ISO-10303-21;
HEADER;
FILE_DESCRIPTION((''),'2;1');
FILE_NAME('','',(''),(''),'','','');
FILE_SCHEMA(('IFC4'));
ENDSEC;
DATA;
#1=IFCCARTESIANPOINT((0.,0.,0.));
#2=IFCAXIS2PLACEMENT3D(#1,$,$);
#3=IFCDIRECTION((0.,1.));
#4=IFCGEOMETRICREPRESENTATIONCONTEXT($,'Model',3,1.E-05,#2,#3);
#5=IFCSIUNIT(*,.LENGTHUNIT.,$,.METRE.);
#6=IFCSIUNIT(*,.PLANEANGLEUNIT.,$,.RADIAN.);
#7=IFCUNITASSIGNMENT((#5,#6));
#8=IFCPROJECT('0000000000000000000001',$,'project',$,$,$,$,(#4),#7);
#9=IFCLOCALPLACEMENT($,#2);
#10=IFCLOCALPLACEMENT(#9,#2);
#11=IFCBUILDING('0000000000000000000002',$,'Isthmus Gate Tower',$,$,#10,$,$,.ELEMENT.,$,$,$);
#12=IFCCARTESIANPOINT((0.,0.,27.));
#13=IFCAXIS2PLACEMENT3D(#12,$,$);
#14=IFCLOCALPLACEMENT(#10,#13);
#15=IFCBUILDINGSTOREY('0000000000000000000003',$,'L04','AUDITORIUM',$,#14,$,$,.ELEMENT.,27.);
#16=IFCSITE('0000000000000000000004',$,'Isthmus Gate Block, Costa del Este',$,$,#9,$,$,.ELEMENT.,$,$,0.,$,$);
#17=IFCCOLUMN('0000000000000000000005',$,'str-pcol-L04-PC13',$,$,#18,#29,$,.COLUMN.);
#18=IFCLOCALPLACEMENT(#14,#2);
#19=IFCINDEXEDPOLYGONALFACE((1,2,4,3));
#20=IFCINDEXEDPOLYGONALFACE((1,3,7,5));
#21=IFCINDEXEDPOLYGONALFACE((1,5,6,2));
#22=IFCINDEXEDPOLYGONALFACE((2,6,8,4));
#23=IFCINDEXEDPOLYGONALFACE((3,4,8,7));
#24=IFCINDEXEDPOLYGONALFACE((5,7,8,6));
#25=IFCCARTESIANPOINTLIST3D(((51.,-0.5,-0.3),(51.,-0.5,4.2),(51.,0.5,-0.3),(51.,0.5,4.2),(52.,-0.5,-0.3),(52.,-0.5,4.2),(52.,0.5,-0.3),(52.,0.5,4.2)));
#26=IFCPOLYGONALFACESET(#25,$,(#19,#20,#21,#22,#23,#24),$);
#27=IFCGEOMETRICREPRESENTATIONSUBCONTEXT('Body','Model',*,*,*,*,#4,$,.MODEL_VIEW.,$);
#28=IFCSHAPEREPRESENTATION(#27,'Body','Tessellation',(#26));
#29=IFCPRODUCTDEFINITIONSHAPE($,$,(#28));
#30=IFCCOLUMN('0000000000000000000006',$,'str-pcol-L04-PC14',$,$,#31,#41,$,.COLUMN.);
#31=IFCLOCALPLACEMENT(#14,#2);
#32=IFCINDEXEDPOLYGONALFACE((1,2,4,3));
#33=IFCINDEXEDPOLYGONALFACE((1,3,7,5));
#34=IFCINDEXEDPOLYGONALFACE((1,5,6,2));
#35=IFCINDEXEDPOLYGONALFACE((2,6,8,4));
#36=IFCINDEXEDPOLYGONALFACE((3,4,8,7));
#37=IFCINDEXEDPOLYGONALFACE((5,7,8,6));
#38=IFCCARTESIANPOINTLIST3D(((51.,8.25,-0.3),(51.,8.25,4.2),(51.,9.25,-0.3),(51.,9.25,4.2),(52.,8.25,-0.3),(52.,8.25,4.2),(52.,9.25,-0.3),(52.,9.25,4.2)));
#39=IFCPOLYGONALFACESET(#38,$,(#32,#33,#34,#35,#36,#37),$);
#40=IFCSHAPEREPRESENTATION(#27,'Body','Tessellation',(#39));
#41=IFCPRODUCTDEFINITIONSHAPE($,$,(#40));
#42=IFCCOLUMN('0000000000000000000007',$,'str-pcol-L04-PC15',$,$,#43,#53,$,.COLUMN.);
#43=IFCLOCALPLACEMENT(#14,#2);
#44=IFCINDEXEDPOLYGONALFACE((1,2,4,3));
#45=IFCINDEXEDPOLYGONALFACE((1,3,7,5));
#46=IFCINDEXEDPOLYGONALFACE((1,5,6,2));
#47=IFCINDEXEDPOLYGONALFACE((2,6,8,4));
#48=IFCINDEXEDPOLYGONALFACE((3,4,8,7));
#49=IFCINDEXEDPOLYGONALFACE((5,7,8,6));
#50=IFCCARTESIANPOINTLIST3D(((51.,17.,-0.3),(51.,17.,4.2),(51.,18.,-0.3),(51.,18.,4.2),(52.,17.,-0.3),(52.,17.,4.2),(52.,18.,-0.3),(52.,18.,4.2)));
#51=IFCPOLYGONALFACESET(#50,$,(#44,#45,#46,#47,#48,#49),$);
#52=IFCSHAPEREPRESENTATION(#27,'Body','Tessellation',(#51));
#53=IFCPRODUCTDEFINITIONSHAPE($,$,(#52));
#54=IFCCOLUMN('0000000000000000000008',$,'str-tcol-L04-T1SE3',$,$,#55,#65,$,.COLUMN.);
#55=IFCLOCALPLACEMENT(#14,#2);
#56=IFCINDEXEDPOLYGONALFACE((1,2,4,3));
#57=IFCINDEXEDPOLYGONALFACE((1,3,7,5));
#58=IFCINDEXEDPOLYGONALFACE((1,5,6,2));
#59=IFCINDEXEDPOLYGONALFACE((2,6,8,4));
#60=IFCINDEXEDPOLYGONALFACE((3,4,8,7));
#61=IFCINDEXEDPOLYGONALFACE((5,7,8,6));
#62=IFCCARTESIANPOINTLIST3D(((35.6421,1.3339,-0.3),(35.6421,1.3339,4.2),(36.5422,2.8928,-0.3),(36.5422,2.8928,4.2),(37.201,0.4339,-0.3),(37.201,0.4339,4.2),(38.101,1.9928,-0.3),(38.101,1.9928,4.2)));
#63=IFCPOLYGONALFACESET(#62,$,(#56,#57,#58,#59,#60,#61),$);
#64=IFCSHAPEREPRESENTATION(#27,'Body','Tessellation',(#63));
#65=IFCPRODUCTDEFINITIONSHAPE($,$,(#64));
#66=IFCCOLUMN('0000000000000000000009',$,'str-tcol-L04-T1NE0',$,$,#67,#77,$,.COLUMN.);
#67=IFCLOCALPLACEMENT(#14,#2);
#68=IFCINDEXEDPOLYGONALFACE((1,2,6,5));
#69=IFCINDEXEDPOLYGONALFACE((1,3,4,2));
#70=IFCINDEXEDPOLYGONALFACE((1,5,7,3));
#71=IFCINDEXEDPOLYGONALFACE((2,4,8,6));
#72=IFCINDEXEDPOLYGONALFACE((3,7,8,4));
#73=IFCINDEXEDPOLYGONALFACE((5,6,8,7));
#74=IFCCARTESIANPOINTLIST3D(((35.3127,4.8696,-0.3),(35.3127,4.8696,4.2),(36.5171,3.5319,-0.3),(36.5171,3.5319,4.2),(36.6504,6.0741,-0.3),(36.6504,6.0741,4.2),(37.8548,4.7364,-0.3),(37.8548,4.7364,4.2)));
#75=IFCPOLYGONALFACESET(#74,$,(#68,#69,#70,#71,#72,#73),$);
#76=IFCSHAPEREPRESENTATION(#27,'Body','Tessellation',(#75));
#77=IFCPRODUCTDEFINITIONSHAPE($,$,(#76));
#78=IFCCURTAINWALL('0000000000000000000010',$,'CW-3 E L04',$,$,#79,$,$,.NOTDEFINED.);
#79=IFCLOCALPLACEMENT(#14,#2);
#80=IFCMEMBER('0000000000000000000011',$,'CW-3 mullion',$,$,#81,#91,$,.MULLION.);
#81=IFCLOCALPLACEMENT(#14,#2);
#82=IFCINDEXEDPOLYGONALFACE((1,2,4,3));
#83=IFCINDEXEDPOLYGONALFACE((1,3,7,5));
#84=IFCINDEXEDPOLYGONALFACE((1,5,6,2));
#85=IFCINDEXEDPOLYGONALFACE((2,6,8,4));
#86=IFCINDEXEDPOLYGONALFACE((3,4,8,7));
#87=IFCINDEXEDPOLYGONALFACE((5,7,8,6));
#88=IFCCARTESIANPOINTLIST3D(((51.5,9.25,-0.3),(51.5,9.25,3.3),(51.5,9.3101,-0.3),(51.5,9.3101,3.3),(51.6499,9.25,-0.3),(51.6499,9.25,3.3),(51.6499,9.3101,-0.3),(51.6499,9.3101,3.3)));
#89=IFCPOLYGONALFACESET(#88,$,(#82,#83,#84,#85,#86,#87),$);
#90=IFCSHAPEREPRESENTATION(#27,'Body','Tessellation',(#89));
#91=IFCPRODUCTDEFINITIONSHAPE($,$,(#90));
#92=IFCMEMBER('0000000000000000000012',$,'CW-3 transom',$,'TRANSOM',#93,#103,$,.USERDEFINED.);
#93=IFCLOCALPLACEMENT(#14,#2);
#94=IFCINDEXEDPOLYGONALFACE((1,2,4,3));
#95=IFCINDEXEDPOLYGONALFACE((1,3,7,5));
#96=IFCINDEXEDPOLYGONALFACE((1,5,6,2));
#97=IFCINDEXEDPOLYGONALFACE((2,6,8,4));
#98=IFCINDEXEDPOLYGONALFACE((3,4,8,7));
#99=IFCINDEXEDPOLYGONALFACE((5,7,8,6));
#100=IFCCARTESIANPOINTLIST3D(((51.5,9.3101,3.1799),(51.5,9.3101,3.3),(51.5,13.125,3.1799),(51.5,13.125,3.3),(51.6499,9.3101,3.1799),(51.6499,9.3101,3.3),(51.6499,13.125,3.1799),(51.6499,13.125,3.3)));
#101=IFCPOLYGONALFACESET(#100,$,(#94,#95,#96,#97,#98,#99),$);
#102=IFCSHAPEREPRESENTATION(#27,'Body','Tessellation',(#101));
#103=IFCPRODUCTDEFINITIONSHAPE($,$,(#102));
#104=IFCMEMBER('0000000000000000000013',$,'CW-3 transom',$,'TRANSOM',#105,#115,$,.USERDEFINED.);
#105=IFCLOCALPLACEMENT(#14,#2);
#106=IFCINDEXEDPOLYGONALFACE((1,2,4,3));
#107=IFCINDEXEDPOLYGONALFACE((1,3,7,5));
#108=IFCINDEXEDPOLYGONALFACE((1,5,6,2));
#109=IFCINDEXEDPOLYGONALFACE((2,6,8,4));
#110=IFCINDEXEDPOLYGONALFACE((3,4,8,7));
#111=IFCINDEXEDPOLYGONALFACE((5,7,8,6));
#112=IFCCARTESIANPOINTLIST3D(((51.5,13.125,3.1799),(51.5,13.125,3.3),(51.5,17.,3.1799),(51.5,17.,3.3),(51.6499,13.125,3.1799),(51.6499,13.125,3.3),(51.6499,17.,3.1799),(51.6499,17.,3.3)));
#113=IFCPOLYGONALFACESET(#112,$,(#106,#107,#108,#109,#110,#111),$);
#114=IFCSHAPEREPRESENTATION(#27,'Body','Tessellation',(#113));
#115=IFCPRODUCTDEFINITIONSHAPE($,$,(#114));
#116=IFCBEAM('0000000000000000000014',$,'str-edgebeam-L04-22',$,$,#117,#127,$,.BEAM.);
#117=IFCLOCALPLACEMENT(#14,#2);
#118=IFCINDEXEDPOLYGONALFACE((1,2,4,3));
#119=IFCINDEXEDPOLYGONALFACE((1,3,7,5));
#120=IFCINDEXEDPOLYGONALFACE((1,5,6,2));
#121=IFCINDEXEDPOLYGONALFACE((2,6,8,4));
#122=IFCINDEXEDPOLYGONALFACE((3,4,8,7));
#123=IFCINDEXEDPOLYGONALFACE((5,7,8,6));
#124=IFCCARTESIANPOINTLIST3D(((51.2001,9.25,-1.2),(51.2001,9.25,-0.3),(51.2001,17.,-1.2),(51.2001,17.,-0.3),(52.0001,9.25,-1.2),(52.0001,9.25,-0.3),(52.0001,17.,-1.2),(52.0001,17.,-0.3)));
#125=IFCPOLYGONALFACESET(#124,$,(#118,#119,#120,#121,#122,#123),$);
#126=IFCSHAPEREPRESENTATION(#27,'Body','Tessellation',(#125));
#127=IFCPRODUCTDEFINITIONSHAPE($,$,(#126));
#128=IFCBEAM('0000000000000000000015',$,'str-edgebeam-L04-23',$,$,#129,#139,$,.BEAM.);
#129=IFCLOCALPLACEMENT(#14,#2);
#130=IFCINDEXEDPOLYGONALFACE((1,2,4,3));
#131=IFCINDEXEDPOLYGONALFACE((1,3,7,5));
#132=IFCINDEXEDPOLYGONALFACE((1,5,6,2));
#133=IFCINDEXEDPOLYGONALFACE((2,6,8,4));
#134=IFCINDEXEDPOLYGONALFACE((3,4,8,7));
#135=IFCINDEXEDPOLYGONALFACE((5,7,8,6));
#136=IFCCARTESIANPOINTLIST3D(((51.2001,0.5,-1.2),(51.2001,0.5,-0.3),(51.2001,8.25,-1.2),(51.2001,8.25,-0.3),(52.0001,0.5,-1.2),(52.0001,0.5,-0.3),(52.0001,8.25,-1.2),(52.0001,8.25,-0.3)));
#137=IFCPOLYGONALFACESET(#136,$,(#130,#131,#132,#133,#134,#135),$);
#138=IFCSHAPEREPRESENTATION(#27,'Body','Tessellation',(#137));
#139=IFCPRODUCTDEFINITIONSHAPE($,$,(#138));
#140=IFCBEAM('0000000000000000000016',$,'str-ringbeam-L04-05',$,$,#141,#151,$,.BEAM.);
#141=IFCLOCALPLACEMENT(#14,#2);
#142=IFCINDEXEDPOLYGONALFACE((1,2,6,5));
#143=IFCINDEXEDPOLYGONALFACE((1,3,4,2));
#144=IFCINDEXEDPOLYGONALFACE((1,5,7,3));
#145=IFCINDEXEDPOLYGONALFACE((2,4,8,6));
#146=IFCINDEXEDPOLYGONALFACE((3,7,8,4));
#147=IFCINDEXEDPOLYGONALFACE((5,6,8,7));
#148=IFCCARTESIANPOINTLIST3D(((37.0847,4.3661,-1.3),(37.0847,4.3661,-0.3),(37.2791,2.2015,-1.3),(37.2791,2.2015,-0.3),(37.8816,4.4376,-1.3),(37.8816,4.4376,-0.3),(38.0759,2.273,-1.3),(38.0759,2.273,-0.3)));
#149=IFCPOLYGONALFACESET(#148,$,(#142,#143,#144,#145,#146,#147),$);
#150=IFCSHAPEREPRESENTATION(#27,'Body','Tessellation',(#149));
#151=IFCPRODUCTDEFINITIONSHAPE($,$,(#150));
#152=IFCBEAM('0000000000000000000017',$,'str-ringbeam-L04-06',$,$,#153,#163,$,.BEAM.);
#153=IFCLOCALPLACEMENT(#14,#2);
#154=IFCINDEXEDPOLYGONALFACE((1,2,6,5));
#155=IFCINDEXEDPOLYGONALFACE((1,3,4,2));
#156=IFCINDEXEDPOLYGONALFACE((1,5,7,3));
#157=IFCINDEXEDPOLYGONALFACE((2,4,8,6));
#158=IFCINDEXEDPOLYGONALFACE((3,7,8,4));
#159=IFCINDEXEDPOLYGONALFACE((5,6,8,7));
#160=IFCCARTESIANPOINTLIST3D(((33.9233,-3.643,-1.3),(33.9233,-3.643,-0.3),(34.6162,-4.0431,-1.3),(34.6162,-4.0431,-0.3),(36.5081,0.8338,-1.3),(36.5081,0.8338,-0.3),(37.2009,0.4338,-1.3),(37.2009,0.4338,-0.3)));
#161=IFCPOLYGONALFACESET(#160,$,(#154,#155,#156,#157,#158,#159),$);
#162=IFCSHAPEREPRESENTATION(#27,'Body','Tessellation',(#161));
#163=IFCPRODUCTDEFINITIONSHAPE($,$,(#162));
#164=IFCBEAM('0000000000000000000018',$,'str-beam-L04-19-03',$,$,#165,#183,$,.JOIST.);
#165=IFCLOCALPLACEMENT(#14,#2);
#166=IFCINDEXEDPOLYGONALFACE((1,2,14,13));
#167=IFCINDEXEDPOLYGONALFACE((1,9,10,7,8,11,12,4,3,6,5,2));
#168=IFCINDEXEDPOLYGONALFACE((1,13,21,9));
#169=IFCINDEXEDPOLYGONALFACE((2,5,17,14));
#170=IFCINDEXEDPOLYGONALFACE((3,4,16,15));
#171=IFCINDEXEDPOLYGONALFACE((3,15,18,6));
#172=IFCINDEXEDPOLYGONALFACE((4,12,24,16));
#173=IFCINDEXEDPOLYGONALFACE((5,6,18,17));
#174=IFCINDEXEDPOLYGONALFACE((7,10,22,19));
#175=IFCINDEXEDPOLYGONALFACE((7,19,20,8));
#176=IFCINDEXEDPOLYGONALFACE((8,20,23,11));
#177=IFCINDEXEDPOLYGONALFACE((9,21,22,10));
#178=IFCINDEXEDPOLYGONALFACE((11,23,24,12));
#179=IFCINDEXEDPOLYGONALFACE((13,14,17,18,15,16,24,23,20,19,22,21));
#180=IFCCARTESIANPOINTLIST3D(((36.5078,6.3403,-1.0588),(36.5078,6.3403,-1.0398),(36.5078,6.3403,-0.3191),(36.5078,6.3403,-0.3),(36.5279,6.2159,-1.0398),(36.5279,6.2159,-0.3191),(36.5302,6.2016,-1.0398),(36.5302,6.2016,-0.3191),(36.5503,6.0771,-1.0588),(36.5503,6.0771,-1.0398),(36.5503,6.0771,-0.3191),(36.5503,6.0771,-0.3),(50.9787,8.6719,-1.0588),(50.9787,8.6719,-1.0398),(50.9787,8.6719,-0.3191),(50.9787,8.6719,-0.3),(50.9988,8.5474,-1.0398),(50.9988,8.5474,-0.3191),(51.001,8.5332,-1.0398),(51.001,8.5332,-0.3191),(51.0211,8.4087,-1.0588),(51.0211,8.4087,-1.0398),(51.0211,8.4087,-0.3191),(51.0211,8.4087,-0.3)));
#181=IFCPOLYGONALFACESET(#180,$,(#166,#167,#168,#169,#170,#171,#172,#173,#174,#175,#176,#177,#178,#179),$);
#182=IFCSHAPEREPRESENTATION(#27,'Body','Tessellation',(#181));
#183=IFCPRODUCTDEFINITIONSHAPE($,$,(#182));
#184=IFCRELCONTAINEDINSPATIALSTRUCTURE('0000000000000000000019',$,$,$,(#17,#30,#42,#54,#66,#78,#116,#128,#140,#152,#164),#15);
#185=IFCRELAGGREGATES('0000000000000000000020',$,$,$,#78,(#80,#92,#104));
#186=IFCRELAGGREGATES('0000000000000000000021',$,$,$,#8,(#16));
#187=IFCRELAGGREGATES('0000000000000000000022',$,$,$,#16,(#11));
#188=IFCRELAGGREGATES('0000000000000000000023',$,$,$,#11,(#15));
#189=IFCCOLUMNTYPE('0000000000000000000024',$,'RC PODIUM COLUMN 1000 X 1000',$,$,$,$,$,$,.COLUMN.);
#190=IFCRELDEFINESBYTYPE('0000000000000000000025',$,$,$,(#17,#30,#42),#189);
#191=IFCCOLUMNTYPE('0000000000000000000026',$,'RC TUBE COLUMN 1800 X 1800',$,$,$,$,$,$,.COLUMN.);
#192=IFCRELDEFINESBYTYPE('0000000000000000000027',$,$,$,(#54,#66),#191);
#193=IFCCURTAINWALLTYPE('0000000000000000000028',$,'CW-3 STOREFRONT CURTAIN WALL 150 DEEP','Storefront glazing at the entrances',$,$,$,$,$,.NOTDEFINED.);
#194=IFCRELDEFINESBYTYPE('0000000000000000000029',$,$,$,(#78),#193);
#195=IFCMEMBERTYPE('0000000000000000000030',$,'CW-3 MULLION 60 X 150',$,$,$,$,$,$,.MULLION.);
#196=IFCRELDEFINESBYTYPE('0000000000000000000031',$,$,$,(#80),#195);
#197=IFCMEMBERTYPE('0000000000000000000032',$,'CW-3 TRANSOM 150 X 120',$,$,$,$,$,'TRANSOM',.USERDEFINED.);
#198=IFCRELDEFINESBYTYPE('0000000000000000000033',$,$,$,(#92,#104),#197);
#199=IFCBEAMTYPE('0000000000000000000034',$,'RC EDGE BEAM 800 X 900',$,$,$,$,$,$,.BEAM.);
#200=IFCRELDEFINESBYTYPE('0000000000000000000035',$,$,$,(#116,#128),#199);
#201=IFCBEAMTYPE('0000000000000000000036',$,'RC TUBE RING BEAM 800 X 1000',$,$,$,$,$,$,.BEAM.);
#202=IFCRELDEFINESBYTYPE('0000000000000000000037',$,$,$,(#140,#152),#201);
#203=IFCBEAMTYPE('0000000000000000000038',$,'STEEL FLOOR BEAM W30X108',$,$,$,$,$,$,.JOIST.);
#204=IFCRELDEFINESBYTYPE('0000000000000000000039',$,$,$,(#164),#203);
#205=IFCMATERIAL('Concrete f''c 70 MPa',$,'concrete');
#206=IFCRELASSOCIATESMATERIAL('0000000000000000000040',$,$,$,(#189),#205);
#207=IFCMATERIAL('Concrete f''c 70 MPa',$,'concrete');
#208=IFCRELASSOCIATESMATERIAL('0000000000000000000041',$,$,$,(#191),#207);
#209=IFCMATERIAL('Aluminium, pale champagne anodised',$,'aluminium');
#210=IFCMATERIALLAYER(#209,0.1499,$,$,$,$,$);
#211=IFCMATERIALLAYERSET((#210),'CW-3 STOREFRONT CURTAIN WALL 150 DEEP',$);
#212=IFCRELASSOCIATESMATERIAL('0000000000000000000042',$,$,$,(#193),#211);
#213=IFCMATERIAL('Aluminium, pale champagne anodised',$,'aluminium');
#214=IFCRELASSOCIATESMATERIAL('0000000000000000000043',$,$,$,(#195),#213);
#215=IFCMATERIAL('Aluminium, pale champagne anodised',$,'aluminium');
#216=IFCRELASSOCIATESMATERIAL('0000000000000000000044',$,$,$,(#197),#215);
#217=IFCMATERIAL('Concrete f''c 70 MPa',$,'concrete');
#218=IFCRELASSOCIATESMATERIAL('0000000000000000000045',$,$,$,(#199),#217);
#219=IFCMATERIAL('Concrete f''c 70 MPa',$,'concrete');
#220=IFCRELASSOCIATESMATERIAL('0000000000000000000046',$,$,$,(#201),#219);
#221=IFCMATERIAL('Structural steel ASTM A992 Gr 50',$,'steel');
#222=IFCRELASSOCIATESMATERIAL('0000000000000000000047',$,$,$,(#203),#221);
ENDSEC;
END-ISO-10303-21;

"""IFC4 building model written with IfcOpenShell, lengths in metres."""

from ifc_helpers import new_model, si_unit, direction, frame, origin, origin_2d, place, context, subcontext, project, spatial, rectangle, i_section, extrude, material, layer, layer_set, material_profile, profile_set, type_object, element, aggregate, save


model = new_model("IFC4")

# Units and contexts
model_context = context("Model", 3, precision=1e-05, world=origin(), true_north=direction((0.0, 1.0)))
body_context = subcontext(model_context, "Body", "Model", "MODEL_VIEW")
ifc_project = project(units=[si_unit("LENGTHUNIT", "METRE"), si_unit("PLANEANGLEUNIT", "RADIAN")], contexts=[model_context])

# Site, building, storey
site_placement = place(None, origin())
site = spatial("IfcSite", under=ifc_project, at=site_placement, Name="Isthmus Gate Block, Costa del Este", CompositionType="ELEMENT", RefElevation=0.0)
building_placement = place(site_placement, origin())
building = spatial("IfcBuilding", under=site, at=building_placement, Name="Isthmus Gate Tower", CompositionType="ELEMENT")
storey_placement = place(building_placement, frame((0.0, 0.0, 27.0)))
storey = spatial("IfcBuildingStorey", under=building, at=storey_placement, Name="L04", Description="AUDITORIUM", CompositionType="ELEMENT", Elevation=27.0)

# Columns
ifc_material_1 = material(Name="Concrete f'c 70 MPa", Category="concrete")
ifc_material_profile_1 = material_profile(ifc_material_1, rectangle(XDim=1.0, YDim=1.0, at=origin_2d()), Name="RC 1000X1000")
ifc_profile_set_1 = profile_set([ifc_material_profile_1], Name="Concrete f'c 70 MPa")
column_type_1 = type_object("IfcColumnType", Name="RC PODIUM COLUMN 1000 X 1000", PredefinedType="COLUMN", material=ifc_profile_set_1)
for number, where, z_axis, x_axis, name in (
    (1, (51.5, 0.0, -0.3), (0.0, 0.0, 1.0), (0.0, 1.0, 0.0), "str-pcol-L04-PC13"),
    (2, (51.5, 8.75, -0.3), (0.0, 0.0, 1.0), (0.0, 1.0, 0.0), "str-pcol-L04-PC14"),
    (3, (51.5, 17.5, -0.3), (0.0, 0.0, 1.0), (0.0, 1.0, 0.0), "str-pcol-L04-PC15"),
):
    element("IfcColumn", number, at=place(storey_placement, frame(where, z_axis=z_axis, x_axis=x_axis)), inside=storey, type_object=column_type_1, Name=name, PredefinedType="COLUMN", context=body_context, shape_type="SweptSolid", body=[
        extrude(rectangle(XDim=1.0, YDim=1.0, at=origin_2d()), origin(), (0.0, 0.0, 1.0), 4.5),
    ])
ifc_material_2 = material(Name="Concrete f'c 70 MPa", Category="concrete")
ifc_material_profile_2 = material_profile(ifc_material_2, rectangle(XDim=1.8, YDim=1.8, at=origin_2d()), Name="RC 1800X1800")
ifc_profile_set_2 = profile_set([ifc_material_profile_2], Name="Concrete f'c 70 MPa")
column_type_2 = type_object("IfcColumnType", Name="RC TUBE COLUMN 1800 X 1800", PredefinedType="COLUMN", material=ifc_profile_set_2)
for number, where, z_axis, x_axis, name in (
    (4, (36.8716, 1.6633, -0.3), (0.0, 0.0, 1.0), (0.5, 0.866025, 0.0), "str-tcol-L04-T1SE3"),
    (5, (36.5837, 4.803, -0.3), (0.0, 0.0, 1.0), (-0.669131, 0.743145, 0.0), "str-tcol-L04-T1NE0"),
):
    element("IfcColumn", number, at=place(storey_placement, frame(where, z_axis=z_axis, x_axis=x_axis)), inside=storey, type_object=column_type_2, Name=name, PredefinedType="COLUMN", context=body_context, shape_type="SweptSolid", body=[
        extrude(rectangle(XDim=1.8, YDim=1.8, at=origin_2d()), origin(), (0.0, 0.0, 1.0), 4.5),
    ])

# Curtain wall, members
ifc_material_3 = material(Name="Aluminium, pale champagne anodised", Category="aluminium")
ifc_layer_1 = layer(ifc_material_3, 0.1499)
ifc_layer_set_1 = layer_set([ifc_layer_1], Name="CW-3 STOREFRONT CURTAIN WALL 150 DEEP")
curtain_wall_type = type_object("IfcCurtainWallType", Name="CW-3 STOREFRONT CURTAIN WALL 150 DEEP", Description="Storefront glazing at the entrances", PredefinedType="NOTDEFINED", material=ifc_layer_set_1)
curtain_wall_placement = place(storey_placement, origin())
curtain_wall = element("IfcCurtainWall", 6, at=curtain_wall_placement, inside=storey, type_object=curtain_wall_type, Name="CW-3 E L04", PredefinedType="NOTDEFINED")
ifc_material_4 = material(Name="Aluminium, pale champagne anodised", Category="aluminium")
ifc_material_profile_3 = material_profile(ifc_material_4, rectangle(XDim=0.0601, YDim=0.1499, at=origin_2d()), Name="60x150")
ifc_profile_set_3 = profile_set([ifc_material_profile_3], Name="Aluminium, pale champagne anodised")
member_type_1 = type_object("IfcMemberType", Name="CW-3 MULLION 60 X 150", PredefinedType="MULLION", material=ifc_profile_set_3)
member_1_placement = place(storey_placement, frame((51.575, 9.28, -0.3), z_axis=(0.0, 0.0, 1.0), x_axis=(0.0, 1.0, 0.0)))
member_1 = element("IfcMember", 7, at=member_1_placement, type_object=member_type_1, Name="CW-3 mullion", PredefinedType="MULLION", context=body_context, shape_type="SweptSolid", body=[
    extrude(rectangle(XDim=0.0601, YDim=0.1499, at=origin_2d()), origin(), (0.0, 0.0, 1.0), 3.6001),
])
ifc_material_5 = material(Name="Aluminium, pale champagne anodised", Category="aluminium")
ifc_material_profile_4 = material_profile(ifc_material_5, rectangle(XDim=0.1499, YDim=0.1201, at=origin_2d()), Name="150x120")
ifc_profile_set_4 = profile_set([ifc_material_profile_4], Name="Aluminium, pale champagne anodised")
member_type_2 = type_object("IfcMemberType", Name="CW-3 TRANSOM 150 X 120", ElementType="TRANSOM", PredefinedType="USERDEFINED", material=ifc_profile_set_4)
member_2_placement = place(storey_placement, frame((51.575, 9.3101, 3.24), z_axis=(0.0, 1.0, 0.0), x_axis=(-1.0, 0.0, 0.0)))
member_2 = element("IfcMember", 8, at=member_2_placement, type_object=member_type_2, Name="CW-3 transom", ObjectType="TRANSOM", PredefinedType="USERDEFINED", context=body_context, shape_type="SweptSolid", body=[
    extrude(rectangle(XDim=0.1499, YDim=0.1201, at=origin_2d()), origin(), (0.0, 0.0, 1.0), 3.8149),
])
member_3_placement = place(storey_placement, frame((51.575, 13.125, 3.24), z_axis=(0.0, 1.0, 0.0), x_axis=(-1.0, 0.0, 0.0)))
member_3 = element("IfcMember", 9, at=member_3_placement, type_object=member_type_2, Name="CW-3 transom", ObjectType="TRANSOM", PredefinedType="USERDEFINED", context=body_context, shape_type="SweptSolid", body=[
    extrude(rectangle(XDim=0.1499, YDim=0.1201, at=origin_2d()), origin(), (0.0, 0.0, 1.0), 3.875),
])

# Beams
ifc_material_6 = material(Name="Concrete f'c 70 MPa", Category="concrete")
ifc_material_profile_5 = material_profile(ifc_material_6, rectangle(XDim=0.8, YDim=0.8999, at=origin_2d()), Name="RC 800X900")
ifc_profile_set_5 = profile_set([ifc_material_profile_5], Name="Concrete f'c 70 MPa")
beam_type_1 = type_object("IfcBeamType", Name="RC EDGE BEAM 800 X 900", PredefinedType="BEAM", material=ifc_profile_set_5)
for number, where, z_axis, x_axis, name in (
    (10, (51.6001, 17.0, -0.75), (0.0, -1.0, 0.0), (1.0, 0.0, 0.0), "str-edgebeam-L04-22"),
    (11, (51.6001, 8.25, -0.75), (0.0, -1.0, 0.0), (1.0, 0.0, 0.0), "str-edgebeam-L04-23"),
):
    element("IfcBeam", number, at=place(storey_placement, frame(where, z_axis=z_axis, x_axis=x_axis)), inside=storey, type_object=beam_type_1, Name=name, PredefinedType="BEAM", context=body_context, shape_type="SweptSolid", body=[
        extrude(rectangle(XDim=0.8, YDim=0.8999, at=origin_2d()), origin(), (0.0, 0.0, 1.0), 7.75),
    ])
ifc_material_7 = material(Name="Concrete f'c 70 MPa", Category="concrete")
ifc_material_profile_6 = material_profile(ifc_material_7, rectangle(XDim=0.8, YDim=1.0, at=origin_2d()), Name="RC 800X1000")
ifc_profile_set_6 = profile_set([ifc_material_profile_6], Name="Concrete f'c 70 MPa")
beam_type_2 = type_object("IfcBeamType", Name="RC TUBE RING BEAM 800 X 1000", PredefinedType="BEAM", material=ifc_profile_set_6)
beam_1_placement = place(storey_placement, frame((37.4832, 4.4019, -0.8), z_axis=(0.089422, -0.995994, 0.0), x_axis=(0.995994, 0.089422, 0.0)))
element("IfcBeam", 12, at=beam_1_placement, inside=storey, type_object=beam_type_2, Name="str-ringbeam-L04-05", PredefinedType="BEAM", context=body_context, shape_type="SweptSolid", body=[
    extrude(rectangle(XDim=0.8, YDim=1.0, at=origin_2d()), origin(), (0.0, 0.0, 1.0), 2.1733),
])
beam_2_placement = place(storey_placement, frame((36.8545, 0.6338, -0.8), z_axis=(-0.500005, -0.866023, 0.0), x_axis=(0.866023, -0.500005, 0.0)))
element("IfcBeam", 13, at=beam_2_placement, inside=storey, type_object=beam_type_2, Name="str-ringbeam-L04-06", PredefinedType="BEAM", context=body_context, shape_type="SweptSolid", body=[
    extrude(rectangle(XDim=0.8, YDim=1.0, at=origin_2d()), origin(), (0.0, 0.0, 1.0), 5.1694),
])
ifc_material_8 = material(Name="Structural steel ASTM A992 Gr 50", Category="steel")
ifc_material_profile_7 = material_profile(ifc_material_8, i_section(OverallWidth=0.2666, OverallDepth=0.7588, WebThickness=0.0144, FlangeThickness=0.019, at=origin_2d()), Name="W30X108")
ifc_profile_set_7 = profile_set([ifc_material_profile_7], Name="Structural steel ASTM A992 Gr 50")
beam_type_3 = type_object("IfcBeamType", Name="STEEL FLOOR BEAM W30X108", PredefinedType="JOIST", material=ifc_profile_set_7)
beam_3_placement = place(storey_placement, frame((36.5291, 6.2087, -0.6794), z_axis=(0.987268, 0.159067, 0.0), x_axis=(-0.159067, 0.987268, 0.0)))
element("IfcBeam", 14, at=beam_3_placement, inside=storey, type_object=beam_type_3, Name="str-beam-L04-19-03", PredefinedType="JOIST", context=body_context, shape_type="SweptSolid", body=[
    extrude(i_section(OverallWidth=0.2666, OverallDepth=0.7588, WebThickness=0.0144, FlangeThickness=0.019, at=origin_2d()), origin(), (0.0, 0.0, 1.0), 14.6575),
])

aggregate(curtain_wall, [member_1, member_2, member_3])

save(model, "model.ifc")
